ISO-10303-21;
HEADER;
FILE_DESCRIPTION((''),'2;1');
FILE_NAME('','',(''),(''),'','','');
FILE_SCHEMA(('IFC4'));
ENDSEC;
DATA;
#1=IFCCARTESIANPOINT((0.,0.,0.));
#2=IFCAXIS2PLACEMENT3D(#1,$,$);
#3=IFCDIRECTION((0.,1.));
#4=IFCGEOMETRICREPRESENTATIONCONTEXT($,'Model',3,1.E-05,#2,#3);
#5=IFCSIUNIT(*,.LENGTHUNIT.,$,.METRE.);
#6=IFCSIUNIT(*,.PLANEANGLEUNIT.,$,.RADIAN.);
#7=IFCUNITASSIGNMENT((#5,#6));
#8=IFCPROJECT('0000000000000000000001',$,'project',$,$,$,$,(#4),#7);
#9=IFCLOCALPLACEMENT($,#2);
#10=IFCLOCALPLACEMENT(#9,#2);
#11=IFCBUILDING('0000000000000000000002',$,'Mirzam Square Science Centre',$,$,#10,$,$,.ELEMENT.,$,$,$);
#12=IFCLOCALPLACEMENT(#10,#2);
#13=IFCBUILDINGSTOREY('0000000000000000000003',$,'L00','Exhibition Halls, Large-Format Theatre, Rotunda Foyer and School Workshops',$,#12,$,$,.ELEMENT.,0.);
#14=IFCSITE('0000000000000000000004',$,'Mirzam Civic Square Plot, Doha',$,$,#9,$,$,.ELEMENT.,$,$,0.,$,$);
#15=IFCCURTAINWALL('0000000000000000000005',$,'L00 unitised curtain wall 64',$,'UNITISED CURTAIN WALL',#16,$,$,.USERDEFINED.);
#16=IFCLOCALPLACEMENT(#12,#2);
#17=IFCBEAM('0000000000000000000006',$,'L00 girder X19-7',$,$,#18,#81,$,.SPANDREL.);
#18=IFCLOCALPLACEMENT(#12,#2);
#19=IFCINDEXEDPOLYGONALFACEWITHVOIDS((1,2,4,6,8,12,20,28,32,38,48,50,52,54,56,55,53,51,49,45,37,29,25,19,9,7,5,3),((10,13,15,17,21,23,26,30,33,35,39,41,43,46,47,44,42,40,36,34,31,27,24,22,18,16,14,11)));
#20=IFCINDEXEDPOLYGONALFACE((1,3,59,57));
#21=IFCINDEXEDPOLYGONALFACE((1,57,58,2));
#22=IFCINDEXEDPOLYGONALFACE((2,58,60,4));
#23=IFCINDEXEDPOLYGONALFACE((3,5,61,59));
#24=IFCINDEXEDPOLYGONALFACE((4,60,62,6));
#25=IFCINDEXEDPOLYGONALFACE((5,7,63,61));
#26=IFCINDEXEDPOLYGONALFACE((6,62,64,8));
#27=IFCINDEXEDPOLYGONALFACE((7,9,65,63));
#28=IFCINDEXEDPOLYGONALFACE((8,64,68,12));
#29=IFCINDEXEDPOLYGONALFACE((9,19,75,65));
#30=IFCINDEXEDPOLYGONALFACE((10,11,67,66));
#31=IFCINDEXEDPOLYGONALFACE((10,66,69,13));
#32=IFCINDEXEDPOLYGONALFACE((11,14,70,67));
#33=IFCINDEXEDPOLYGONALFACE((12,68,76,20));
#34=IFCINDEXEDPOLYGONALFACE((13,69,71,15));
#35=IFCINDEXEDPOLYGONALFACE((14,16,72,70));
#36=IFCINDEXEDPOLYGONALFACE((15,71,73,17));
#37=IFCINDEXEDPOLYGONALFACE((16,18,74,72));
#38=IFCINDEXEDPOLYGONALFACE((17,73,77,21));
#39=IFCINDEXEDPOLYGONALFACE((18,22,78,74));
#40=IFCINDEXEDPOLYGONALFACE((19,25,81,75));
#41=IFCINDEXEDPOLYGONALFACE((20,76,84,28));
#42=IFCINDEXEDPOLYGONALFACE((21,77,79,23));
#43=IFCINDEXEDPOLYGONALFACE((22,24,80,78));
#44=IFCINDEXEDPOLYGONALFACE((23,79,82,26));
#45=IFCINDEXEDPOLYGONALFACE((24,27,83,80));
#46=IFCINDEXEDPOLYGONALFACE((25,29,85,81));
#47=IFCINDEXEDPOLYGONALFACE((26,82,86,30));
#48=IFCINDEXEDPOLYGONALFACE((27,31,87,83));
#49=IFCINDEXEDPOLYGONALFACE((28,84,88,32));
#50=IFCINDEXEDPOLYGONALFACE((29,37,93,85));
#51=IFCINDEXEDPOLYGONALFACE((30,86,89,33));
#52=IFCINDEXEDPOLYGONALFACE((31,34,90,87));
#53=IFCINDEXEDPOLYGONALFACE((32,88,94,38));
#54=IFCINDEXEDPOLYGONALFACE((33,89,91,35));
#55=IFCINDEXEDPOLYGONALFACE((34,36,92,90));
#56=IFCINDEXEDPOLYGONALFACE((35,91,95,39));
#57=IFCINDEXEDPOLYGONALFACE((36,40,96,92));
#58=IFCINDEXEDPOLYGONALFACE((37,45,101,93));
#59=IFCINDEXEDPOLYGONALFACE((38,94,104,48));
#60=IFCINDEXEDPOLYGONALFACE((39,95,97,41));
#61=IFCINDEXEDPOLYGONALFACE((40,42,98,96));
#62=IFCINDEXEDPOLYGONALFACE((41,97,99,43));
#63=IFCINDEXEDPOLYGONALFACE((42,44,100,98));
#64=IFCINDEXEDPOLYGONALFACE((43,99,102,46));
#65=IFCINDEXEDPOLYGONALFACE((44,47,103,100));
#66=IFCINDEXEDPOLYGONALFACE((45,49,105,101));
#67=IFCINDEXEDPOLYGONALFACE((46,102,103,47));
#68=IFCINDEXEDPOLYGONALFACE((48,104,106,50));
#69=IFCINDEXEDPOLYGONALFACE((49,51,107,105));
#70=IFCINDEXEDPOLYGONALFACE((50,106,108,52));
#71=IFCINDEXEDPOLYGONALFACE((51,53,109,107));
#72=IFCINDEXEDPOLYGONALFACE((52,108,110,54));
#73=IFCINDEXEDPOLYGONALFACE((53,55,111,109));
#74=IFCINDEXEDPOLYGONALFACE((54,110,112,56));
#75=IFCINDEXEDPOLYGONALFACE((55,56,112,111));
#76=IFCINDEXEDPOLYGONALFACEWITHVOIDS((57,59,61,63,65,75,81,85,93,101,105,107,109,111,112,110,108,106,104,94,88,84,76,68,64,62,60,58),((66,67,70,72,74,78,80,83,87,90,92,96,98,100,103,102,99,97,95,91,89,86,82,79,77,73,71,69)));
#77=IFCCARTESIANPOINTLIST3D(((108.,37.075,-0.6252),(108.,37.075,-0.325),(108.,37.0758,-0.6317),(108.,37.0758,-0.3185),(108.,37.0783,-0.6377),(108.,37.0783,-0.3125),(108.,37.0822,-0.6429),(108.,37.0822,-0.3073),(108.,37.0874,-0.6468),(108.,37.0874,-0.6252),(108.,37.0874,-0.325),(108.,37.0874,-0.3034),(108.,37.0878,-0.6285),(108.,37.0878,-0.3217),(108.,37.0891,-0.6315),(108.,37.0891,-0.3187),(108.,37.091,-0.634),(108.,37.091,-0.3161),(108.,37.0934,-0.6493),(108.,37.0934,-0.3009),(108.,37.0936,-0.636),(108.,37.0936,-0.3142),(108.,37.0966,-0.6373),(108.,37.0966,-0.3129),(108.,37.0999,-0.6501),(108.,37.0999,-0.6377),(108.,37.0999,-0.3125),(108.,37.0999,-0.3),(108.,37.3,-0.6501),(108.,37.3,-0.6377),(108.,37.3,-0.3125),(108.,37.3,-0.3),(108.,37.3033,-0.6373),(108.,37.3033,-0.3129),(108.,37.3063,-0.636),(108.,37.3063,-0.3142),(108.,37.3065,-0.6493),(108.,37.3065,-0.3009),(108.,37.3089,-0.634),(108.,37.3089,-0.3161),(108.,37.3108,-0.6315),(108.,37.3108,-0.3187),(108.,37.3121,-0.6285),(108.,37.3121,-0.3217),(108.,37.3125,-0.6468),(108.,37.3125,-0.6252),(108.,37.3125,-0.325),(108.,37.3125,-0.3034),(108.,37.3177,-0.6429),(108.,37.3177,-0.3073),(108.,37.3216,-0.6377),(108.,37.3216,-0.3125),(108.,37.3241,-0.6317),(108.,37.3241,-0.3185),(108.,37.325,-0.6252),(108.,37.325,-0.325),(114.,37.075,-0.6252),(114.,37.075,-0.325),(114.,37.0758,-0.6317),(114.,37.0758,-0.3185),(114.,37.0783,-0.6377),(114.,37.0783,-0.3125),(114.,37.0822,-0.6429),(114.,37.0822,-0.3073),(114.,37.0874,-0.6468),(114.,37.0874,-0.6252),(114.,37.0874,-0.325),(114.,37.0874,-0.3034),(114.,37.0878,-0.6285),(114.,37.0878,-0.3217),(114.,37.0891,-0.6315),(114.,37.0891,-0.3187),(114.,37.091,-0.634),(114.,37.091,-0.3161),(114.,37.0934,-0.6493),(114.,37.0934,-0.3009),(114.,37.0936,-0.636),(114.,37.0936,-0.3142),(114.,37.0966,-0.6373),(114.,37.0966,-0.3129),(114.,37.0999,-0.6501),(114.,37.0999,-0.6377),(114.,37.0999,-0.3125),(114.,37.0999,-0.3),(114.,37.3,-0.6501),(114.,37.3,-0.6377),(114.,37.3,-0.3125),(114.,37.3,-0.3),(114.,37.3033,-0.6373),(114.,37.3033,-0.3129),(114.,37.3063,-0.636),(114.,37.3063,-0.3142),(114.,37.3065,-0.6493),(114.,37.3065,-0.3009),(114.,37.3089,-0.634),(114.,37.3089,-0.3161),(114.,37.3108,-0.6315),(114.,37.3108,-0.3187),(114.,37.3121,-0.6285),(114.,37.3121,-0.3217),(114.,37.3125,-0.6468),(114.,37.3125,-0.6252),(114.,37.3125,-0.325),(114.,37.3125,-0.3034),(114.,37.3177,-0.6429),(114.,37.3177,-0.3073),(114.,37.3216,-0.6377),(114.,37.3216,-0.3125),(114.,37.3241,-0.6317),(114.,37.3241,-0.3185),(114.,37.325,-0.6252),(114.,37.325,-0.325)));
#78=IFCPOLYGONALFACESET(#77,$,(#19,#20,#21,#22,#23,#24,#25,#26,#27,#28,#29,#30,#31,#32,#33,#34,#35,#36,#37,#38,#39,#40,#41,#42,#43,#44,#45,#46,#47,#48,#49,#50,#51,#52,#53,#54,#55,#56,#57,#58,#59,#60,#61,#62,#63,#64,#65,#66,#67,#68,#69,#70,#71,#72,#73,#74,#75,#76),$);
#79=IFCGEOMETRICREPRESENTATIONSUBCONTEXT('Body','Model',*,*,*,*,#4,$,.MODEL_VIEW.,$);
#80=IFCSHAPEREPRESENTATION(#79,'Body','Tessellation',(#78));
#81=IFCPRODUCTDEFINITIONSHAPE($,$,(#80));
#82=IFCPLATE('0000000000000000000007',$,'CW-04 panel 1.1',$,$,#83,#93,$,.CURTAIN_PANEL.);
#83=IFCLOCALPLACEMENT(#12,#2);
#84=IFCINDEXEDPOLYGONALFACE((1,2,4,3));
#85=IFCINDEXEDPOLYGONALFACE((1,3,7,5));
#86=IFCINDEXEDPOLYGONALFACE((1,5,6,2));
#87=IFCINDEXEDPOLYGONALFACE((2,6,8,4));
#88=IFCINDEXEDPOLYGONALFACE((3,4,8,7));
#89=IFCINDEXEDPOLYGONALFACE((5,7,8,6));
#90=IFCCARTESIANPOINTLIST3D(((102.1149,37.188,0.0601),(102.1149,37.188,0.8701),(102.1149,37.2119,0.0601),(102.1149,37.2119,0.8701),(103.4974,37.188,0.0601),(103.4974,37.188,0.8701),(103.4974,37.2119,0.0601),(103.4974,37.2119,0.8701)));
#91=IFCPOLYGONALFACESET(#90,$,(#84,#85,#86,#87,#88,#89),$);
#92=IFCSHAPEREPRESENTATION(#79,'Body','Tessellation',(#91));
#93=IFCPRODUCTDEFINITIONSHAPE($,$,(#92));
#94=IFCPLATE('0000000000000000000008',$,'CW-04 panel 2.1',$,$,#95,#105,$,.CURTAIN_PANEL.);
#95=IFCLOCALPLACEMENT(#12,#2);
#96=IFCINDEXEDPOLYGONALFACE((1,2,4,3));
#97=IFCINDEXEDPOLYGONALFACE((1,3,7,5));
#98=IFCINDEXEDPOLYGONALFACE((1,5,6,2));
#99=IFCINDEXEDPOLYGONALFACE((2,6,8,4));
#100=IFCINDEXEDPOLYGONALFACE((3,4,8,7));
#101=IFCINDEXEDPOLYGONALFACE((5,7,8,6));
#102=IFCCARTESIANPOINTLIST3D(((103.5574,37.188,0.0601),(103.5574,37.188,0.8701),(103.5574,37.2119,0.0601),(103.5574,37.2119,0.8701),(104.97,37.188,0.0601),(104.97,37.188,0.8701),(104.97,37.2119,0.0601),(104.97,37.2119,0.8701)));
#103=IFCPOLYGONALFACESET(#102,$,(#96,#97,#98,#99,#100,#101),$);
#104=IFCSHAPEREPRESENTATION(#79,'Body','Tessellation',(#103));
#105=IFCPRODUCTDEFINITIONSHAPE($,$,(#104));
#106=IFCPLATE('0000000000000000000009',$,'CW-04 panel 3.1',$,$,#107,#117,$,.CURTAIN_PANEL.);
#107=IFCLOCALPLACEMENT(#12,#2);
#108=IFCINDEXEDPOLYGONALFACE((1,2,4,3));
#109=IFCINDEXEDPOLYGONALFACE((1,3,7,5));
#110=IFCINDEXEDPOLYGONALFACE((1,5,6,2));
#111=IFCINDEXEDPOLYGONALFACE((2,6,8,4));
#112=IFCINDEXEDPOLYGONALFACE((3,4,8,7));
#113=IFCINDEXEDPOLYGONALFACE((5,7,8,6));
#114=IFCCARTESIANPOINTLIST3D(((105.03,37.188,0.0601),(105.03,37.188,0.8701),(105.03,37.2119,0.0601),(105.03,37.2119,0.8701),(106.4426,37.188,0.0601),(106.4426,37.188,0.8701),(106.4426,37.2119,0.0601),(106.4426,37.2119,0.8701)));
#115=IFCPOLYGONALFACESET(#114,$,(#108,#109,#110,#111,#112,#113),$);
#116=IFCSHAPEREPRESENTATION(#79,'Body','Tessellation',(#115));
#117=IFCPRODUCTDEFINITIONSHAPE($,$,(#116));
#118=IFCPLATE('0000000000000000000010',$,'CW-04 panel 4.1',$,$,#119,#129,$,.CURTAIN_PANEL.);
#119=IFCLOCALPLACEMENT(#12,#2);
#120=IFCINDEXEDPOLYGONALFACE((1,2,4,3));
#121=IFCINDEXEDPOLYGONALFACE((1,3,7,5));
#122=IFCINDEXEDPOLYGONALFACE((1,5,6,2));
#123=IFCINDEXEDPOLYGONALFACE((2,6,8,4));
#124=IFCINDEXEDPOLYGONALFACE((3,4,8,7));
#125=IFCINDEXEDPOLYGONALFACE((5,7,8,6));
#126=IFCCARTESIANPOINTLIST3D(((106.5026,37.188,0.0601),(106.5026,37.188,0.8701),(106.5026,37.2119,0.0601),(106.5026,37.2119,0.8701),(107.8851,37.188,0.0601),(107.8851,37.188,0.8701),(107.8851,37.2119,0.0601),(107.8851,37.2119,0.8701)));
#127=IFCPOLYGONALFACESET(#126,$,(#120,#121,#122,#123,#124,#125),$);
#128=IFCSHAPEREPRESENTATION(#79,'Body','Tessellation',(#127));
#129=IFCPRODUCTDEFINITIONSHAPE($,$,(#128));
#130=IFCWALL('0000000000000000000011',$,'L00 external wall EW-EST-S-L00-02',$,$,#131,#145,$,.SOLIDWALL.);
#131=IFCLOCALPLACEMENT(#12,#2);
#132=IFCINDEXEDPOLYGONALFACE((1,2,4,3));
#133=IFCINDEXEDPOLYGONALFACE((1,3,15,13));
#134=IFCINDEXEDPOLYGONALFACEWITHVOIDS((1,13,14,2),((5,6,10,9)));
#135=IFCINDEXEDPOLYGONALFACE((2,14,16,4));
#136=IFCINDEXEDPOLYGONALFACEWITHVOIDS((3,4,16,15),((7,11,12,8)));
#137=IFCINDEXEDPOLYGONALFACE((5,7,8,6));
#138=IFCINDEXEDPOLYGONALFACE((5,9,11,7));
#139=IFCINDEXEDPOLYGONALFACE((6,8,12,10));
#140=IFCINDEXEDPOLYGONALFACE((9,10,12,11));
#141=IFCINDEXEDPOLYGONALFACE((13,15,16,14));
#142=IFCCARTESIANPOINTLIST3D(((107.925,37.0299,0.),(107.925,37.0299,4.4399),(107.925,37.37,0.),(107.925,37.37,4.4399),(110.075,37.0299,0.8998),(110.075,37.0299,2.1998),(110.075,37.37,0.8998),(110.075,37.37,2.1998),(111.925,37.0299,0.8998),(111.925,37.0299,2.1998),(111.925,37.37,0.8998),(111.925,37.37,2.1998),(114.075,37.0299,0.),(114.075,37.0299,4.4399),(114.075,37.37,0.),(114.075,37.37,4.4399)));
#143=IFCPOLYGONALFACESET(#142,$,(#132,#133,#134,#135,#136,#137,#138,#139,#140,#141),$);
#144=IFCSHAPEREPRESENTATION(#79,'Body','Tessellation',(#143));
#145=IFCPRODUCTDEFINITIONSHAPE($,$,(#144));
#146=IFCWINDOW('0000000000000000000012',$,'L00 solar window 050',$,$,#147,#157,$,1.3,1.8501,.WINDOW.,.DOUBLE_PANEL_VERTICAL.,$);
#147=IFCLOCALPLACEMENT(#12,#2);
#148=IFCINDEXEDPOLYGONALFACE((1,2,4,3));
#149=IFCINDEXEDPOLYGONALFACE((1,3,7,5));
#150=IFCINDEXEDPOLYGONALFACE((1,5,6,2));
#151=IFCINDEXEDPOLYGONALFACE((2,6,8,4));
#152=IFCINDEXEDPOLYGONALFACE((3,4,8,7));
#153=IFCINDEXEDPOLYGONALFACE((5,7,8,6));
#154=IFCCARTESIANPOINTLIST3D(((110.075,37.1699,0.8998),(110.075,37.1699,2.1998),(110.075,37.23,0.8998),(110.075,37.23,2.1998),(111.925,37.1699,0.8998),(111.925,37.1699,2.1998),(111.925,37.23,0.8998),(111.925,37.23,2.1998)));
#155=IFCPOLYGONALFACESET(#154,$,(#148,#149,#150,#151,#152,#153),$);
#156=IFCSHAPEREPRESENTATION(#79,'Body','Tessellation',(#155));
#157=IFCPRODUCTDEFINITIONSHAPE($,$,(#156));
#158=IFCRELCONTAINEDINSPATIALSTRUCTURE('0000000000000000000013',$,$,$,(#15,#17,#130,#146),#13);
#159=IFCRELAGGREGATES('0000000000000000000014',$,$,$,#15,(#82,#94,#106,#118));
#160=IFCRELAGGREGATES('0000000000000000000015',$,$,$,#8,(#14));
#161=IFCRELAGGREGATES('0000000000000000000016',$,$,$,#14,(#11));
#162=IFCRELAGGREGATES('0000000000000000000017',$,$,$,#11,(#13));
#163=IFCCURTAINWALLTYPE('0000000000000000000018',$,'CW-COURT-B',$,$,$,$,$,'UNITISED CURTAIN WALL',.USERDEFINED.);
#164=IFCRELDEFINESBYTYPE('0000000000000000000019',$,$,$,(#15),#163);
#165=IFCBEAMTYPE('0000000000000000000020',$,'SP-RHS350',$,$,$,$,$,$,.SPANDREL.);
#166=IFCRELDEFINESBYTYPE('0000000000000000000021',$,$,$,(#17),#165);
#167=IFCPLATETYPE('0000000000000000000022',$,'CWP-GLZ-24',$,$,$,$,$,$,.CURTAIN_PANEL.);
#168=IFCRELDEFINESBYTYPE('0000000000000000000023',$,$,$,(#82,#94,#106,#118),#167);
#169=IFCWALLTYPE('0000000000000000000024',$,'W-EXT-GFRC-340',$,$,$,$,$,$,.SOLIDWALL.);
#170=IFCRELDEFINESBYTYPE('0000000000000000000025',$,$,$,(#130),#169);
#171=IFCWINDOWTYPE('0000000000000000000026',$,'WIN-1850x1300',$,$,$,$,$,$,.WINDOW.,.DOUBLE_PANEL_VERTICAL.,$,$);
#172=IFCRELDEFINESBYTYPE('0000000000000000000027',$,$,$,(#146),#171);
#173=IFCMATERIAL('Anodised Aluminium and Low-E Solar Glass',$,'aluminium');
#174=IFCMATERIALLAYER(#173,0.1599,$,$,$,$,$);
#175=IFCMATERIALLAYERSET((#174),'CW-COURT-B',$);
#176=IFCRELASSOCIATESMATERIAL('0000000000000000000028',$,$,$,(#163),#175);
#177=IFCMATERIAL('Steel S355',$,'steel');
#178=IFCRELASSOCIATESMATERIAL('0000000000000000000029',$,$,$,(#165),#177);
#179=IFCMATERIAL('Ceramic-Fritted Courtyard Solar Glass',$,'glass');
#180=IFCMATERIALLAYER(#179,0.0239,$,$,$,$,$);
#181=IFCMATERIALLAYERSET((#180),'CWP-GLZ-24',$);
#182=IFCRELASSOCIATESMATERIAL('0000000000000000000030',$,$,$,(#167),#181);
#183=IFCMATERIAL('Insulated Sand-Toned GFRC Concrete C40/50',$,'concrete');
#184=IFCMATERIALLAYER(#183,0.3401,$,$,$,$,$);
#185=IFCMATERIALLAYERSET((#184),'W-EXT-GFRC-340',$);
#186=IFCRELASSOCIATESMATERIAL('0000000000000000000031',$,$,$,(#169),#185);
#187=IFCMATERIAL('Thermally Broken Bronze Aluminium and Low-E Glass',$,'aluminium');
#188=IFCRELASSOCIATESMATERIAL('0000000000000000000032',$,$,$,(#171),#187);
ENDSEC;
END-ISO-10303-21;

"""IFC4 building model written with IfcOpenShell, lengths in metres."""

from ifc_helpers import new_model, si_unit, direction, frame, frame_2d, origin, origin_2d, place, context, subcontext, project, spatial, rectangle, hollow_rectangle, extrude, material, layer, layer_set, material_profile, profile_set, type_object, element, fill, aggregate, save


model = new_model("IFC4")

# Units and contexts
model_context = context("Model", 3, precision=1e-05, world=origin(), true_north=direction((0.0, 1.0)))
body_context = subcontext(model_context, "Body", "Model", "MODEL_VIEW")
ifc_project = project(units=[si_unit("LENGTHUNIT", "METRE"), si_unit("PLANEANGLEUNIT", "RADIAN")], contexts=[model_context])

# Site, building, storey
site_placement = place(None, origin())
site = spatial("IfcSite", under=ifc_project, at=site_placement, Name="Mirzam Civic Square Plot, Doha", CompositionType="ELEMENT", RefElevation=0.0)
building_placement = place(site_placement, origin())
building = spatial("IfcBuilding", under=site, at=building_placement, Name="Mirzam Square Science Centre", CompositionType="ELEMENT")
storey_placement = place(building_placement, origin())
storey = spatial("IfcBuildingStorey", under=building, at=storey_placement, Name="L00", Description="Exhibition Halls, Large-Format Theatre, Rotunda Foyer and School Workshops", CompositionType="ELEMENT", Elevation=0.0)

# Shared definitions
ifc_material_1 = material(Name="Steel S355", Category="steel")

# Curtain wall
ifc_material_2 = material(Name="Anodised Aluminium and Low-E Solar Glass", Category="aluminium")
ifc_layer_1 = layer(ifc_material_2, 0.1599)
ifc_layer_set_1 = layer_set([ifc_layer_1], Name="CW-COURT-B")
curtain_wall_type = type_object("IfcCurtainWallType", Name="CW-COURT-B", ElementType="UNITISED CURTAIN WALL", PredefinedType="USERDEFINED", material=ifc_layer_set_1)
curtain_wall_placement = place(storey_placement, origin())
curtain_wall = element("IfcCurtainWall", 1, at=curtain_wall_placement, inside=storey, type_object=curtain_wall_type, Name="L00 unitised curtain wall 64", ObjectType="UNITISED CURTAIN WALL", PredefinedType="USERDEFINED")

# Beam
ifc_material_profile_1 = material_profile(ifc_material_1, hollow_rectangle(XDim=0.25, YDim=0.3501, WallThickness=0.0125, InnerFilletRadius=0.0125, OuterFilletRadius=0.0249, at=origin_2d()), Name="350x250x12.5RHS")
ifc_profile_set_1 = profile_set([ifc_material_profile_1], Name="Steel S355")
beam_type_1 = type_object("IfcBeamType", Name="SP-RHS350", PredefinedType="SPANDREL", material=ifc_profile_set_1)
beam_1_placement = place(storey_placement, frame((108.0, 37.2, -0.4751), z_axis=(1.0, 0.0, 0.0), x_axis=(0.0, 1.0, 0.0)))
element("IfcBeam", 2, at=beam_1_placement, inside=storey, type_object=beam_type_1, Name="L00 girder X19-7", PredefinedType="SPANDREL", context=body_context, shape_type="SweptSolid", body=[
    extrude(hollow_rectangle(XDim=0.25, YDim=0.3501, WallThickness=0.0125, InnerFilletRadius=0.0125, OuterFilletRadius=0.0249, at=origin_2d()), origin(), (0.0, 0.0, 1.0), 6.0),
])

# Plates
ifc_material_3 = material(Name="Ceramic-Fritted Courtyard Solar Glass", Category="glass")
ifc_layer_2 = layer(ifc_material_3, 0.0239)
ifc_layer_set_2 = layer_set([ifc_layer_2], Name="CWP-GLZ-24")
plate_type = type_object("IfcPlateType", Name="CWP-GLZ-24", PredefinedType="CURTAIN_PANEL", material=ifc_layer_set_2)
plate_1_placement = place(storey_placement, frame((102.8062, 37.2, 0.0601), z_axis=(0.0, 0.0, 1.0), x_axis=(1.0, 0.0, 0.0)))
plate_1 = element("IfcPlate", 3, at=plate_1_placement, type_object=plate_type, Name="CW-04 panel 1.1", PredefinedType="CURTAIN_PANEL", context=body_context, shape_type="SweptSolid", body=[
    extrude(rectangle(XDim=1.3826, YDim=0.0239, at=origin_2d()), origin(), (0.0, 0.0, 1.0), 0.8101),
])
plate_2_placement = place(storey_placement, frame((104.2637, 37.2, 0.0601), z_axis=(0.0, 0.0, 1.0), x_axis=(1.0, 0.0, 0.0)))
plate_2 = element("IfcPlate", 4, at=plate_2_placement, type_object=plate_type, Name="CW-04 panel 2.1", PredefinedType="CURTAIN_PANEL", context=body_context, shape_type="SweptSolid", body=[
    extrude(rectangle(XDim=1.4126, YDim=0.0239, at=origin_2d()), origin(), (0.0, 0.0, 1.0), 0.8101),
])
plate_3_placement = place(storey_placement, frame((105.7363, 37.2, 0.0601), z_axis=(0.0, 0.0, 1.0), x_axis=(1.0, 0.0, 0.0)))
plate_3 = element("IfcPlate", 5, at=plate_3_placement, type_object=plate_type, Name="CW-04 panel 3.1", PredefinedType="CURTAIN_PANEL", context=body_context, shape_type="SweptSolid", body=[
    extrude(rectangle(XDim=1.4126, YDim=0.0239, at=origin_2d()), origin(), (0.0, 0.0, 1.0), 0.8101),
])
plate_4_placement = place(storey_placement, frame((107.1938, 37.2, 0.0601), z_axis=(0.0, 0.0, 1.0), x_axis=(1.0, 0.0, 0.0)))
plate_4 = element("IfcPlate", 6, at=plate_4_placement, type_object=plate_type, Name="CW-04 panel 4.1", PredefinedType="CURTAIN_PANEL", context=body_context, shape_type="SweptSolid", body=[
    extrude(rectangle(XDim=1.3826, YDim=0.0239, at=origin_2d()), origin(), (0.0, 0.0, 1.0), 0.8101),
])
aggregate(curtain_wall, [plate_1, plate_2, plate_3, plate_4])

# Wall, opening, window
ifc_material_4 = material(Name="Insulated Sand-Toned GFRC Concrete C40/50", Category="concrete")
ifc_layer_3 = layer(ifc_material_4, 0.3401)
ifc_layer_set_3 = layer_set([ifc_layer_3], Name="W-EXT-GFRC-340")
wall_type = type_object("IfcWallType", Name="W-EXT-GFRC-340", PredefinedType="SOLIDWALL", material=ifc_layer_set_3)
wall_placement = place(storey_placement, frame((107.925, 37.2, 0.0), z_axis=(0.0, 0.0, 1.0), x_axis=(1.0, 0.0, 0.0)))
wall = element("IfcWall", 7, at=wall_placement, inside=storey, type_object=wall_type, Name="L00 external wall EW-EST-S-L00-02", PredefinedType="SOLIDWALL", context=body_context, shape_type="SweptSolid", body=[
    extrude(rectangle(XDim=6.1499, YDim=0.3401, at=frame_2d((3.075, 0.0))), origin(), (0.0, 0.0, 1.0), 4.4399),
])
opening_placement = place(wall_placement, frame((2.1499, 0.0, 0.8999)))
opening = element("IfcOpeningElement", 8, at=opening_placement, cuts=wall, PredefinedType="OPENING", context=body_context, shape_type="SweptSolid", body=[
    extrude(rectangle(XDim=1.8501, YDim=1.3, at=frame_2d((0.925, 0.6499))), frame((0.0, 0.1799, 0.0), z_axis=(0.0, -1.0, 0.0), x_axis=(1.0, 0.0, 0.0)), (0.0, 0.0, 1.0), 0.3601),
])
ifc_material_5 = material(Name="Thermally Broken Bronze Aluminium and Low-E Glass", Category="aluminium")
window_type = type_object("IfcWindowType", Name="WIN-1850x1300", PartitioningType="DOUBLE_PANEL_VERTICAL", PredefinedType="WINDOW", material=ifc_material_5)
window_placement = place(opening_placement, origin())
window = element("IfcWindow", 9, at=window_placement, inside=storey, type_object=window_type, Name="L00 solar window 050", OverallHeight=1.3, OverallWidth=1.8501, PartitioningType="DOUBLE_PANEL_VERTICAL", PredefinedType="WINDOW", context=body_context, shape_type="SweptSolid", body=[
    extrude(rectangle(XDim=1.8501, YDim=1.3, at=frame_2d((0.925, 0.6499))), frame((0.0, 0.03, 0.0), z_axis=(0.0, -1.0, 0.0), x_axis=(1.0, 0.0, 0.0)), (0.0, 0.0, 1.0), 0.0601),
])
fill(opening, window)

save(model, "model.ifc")
